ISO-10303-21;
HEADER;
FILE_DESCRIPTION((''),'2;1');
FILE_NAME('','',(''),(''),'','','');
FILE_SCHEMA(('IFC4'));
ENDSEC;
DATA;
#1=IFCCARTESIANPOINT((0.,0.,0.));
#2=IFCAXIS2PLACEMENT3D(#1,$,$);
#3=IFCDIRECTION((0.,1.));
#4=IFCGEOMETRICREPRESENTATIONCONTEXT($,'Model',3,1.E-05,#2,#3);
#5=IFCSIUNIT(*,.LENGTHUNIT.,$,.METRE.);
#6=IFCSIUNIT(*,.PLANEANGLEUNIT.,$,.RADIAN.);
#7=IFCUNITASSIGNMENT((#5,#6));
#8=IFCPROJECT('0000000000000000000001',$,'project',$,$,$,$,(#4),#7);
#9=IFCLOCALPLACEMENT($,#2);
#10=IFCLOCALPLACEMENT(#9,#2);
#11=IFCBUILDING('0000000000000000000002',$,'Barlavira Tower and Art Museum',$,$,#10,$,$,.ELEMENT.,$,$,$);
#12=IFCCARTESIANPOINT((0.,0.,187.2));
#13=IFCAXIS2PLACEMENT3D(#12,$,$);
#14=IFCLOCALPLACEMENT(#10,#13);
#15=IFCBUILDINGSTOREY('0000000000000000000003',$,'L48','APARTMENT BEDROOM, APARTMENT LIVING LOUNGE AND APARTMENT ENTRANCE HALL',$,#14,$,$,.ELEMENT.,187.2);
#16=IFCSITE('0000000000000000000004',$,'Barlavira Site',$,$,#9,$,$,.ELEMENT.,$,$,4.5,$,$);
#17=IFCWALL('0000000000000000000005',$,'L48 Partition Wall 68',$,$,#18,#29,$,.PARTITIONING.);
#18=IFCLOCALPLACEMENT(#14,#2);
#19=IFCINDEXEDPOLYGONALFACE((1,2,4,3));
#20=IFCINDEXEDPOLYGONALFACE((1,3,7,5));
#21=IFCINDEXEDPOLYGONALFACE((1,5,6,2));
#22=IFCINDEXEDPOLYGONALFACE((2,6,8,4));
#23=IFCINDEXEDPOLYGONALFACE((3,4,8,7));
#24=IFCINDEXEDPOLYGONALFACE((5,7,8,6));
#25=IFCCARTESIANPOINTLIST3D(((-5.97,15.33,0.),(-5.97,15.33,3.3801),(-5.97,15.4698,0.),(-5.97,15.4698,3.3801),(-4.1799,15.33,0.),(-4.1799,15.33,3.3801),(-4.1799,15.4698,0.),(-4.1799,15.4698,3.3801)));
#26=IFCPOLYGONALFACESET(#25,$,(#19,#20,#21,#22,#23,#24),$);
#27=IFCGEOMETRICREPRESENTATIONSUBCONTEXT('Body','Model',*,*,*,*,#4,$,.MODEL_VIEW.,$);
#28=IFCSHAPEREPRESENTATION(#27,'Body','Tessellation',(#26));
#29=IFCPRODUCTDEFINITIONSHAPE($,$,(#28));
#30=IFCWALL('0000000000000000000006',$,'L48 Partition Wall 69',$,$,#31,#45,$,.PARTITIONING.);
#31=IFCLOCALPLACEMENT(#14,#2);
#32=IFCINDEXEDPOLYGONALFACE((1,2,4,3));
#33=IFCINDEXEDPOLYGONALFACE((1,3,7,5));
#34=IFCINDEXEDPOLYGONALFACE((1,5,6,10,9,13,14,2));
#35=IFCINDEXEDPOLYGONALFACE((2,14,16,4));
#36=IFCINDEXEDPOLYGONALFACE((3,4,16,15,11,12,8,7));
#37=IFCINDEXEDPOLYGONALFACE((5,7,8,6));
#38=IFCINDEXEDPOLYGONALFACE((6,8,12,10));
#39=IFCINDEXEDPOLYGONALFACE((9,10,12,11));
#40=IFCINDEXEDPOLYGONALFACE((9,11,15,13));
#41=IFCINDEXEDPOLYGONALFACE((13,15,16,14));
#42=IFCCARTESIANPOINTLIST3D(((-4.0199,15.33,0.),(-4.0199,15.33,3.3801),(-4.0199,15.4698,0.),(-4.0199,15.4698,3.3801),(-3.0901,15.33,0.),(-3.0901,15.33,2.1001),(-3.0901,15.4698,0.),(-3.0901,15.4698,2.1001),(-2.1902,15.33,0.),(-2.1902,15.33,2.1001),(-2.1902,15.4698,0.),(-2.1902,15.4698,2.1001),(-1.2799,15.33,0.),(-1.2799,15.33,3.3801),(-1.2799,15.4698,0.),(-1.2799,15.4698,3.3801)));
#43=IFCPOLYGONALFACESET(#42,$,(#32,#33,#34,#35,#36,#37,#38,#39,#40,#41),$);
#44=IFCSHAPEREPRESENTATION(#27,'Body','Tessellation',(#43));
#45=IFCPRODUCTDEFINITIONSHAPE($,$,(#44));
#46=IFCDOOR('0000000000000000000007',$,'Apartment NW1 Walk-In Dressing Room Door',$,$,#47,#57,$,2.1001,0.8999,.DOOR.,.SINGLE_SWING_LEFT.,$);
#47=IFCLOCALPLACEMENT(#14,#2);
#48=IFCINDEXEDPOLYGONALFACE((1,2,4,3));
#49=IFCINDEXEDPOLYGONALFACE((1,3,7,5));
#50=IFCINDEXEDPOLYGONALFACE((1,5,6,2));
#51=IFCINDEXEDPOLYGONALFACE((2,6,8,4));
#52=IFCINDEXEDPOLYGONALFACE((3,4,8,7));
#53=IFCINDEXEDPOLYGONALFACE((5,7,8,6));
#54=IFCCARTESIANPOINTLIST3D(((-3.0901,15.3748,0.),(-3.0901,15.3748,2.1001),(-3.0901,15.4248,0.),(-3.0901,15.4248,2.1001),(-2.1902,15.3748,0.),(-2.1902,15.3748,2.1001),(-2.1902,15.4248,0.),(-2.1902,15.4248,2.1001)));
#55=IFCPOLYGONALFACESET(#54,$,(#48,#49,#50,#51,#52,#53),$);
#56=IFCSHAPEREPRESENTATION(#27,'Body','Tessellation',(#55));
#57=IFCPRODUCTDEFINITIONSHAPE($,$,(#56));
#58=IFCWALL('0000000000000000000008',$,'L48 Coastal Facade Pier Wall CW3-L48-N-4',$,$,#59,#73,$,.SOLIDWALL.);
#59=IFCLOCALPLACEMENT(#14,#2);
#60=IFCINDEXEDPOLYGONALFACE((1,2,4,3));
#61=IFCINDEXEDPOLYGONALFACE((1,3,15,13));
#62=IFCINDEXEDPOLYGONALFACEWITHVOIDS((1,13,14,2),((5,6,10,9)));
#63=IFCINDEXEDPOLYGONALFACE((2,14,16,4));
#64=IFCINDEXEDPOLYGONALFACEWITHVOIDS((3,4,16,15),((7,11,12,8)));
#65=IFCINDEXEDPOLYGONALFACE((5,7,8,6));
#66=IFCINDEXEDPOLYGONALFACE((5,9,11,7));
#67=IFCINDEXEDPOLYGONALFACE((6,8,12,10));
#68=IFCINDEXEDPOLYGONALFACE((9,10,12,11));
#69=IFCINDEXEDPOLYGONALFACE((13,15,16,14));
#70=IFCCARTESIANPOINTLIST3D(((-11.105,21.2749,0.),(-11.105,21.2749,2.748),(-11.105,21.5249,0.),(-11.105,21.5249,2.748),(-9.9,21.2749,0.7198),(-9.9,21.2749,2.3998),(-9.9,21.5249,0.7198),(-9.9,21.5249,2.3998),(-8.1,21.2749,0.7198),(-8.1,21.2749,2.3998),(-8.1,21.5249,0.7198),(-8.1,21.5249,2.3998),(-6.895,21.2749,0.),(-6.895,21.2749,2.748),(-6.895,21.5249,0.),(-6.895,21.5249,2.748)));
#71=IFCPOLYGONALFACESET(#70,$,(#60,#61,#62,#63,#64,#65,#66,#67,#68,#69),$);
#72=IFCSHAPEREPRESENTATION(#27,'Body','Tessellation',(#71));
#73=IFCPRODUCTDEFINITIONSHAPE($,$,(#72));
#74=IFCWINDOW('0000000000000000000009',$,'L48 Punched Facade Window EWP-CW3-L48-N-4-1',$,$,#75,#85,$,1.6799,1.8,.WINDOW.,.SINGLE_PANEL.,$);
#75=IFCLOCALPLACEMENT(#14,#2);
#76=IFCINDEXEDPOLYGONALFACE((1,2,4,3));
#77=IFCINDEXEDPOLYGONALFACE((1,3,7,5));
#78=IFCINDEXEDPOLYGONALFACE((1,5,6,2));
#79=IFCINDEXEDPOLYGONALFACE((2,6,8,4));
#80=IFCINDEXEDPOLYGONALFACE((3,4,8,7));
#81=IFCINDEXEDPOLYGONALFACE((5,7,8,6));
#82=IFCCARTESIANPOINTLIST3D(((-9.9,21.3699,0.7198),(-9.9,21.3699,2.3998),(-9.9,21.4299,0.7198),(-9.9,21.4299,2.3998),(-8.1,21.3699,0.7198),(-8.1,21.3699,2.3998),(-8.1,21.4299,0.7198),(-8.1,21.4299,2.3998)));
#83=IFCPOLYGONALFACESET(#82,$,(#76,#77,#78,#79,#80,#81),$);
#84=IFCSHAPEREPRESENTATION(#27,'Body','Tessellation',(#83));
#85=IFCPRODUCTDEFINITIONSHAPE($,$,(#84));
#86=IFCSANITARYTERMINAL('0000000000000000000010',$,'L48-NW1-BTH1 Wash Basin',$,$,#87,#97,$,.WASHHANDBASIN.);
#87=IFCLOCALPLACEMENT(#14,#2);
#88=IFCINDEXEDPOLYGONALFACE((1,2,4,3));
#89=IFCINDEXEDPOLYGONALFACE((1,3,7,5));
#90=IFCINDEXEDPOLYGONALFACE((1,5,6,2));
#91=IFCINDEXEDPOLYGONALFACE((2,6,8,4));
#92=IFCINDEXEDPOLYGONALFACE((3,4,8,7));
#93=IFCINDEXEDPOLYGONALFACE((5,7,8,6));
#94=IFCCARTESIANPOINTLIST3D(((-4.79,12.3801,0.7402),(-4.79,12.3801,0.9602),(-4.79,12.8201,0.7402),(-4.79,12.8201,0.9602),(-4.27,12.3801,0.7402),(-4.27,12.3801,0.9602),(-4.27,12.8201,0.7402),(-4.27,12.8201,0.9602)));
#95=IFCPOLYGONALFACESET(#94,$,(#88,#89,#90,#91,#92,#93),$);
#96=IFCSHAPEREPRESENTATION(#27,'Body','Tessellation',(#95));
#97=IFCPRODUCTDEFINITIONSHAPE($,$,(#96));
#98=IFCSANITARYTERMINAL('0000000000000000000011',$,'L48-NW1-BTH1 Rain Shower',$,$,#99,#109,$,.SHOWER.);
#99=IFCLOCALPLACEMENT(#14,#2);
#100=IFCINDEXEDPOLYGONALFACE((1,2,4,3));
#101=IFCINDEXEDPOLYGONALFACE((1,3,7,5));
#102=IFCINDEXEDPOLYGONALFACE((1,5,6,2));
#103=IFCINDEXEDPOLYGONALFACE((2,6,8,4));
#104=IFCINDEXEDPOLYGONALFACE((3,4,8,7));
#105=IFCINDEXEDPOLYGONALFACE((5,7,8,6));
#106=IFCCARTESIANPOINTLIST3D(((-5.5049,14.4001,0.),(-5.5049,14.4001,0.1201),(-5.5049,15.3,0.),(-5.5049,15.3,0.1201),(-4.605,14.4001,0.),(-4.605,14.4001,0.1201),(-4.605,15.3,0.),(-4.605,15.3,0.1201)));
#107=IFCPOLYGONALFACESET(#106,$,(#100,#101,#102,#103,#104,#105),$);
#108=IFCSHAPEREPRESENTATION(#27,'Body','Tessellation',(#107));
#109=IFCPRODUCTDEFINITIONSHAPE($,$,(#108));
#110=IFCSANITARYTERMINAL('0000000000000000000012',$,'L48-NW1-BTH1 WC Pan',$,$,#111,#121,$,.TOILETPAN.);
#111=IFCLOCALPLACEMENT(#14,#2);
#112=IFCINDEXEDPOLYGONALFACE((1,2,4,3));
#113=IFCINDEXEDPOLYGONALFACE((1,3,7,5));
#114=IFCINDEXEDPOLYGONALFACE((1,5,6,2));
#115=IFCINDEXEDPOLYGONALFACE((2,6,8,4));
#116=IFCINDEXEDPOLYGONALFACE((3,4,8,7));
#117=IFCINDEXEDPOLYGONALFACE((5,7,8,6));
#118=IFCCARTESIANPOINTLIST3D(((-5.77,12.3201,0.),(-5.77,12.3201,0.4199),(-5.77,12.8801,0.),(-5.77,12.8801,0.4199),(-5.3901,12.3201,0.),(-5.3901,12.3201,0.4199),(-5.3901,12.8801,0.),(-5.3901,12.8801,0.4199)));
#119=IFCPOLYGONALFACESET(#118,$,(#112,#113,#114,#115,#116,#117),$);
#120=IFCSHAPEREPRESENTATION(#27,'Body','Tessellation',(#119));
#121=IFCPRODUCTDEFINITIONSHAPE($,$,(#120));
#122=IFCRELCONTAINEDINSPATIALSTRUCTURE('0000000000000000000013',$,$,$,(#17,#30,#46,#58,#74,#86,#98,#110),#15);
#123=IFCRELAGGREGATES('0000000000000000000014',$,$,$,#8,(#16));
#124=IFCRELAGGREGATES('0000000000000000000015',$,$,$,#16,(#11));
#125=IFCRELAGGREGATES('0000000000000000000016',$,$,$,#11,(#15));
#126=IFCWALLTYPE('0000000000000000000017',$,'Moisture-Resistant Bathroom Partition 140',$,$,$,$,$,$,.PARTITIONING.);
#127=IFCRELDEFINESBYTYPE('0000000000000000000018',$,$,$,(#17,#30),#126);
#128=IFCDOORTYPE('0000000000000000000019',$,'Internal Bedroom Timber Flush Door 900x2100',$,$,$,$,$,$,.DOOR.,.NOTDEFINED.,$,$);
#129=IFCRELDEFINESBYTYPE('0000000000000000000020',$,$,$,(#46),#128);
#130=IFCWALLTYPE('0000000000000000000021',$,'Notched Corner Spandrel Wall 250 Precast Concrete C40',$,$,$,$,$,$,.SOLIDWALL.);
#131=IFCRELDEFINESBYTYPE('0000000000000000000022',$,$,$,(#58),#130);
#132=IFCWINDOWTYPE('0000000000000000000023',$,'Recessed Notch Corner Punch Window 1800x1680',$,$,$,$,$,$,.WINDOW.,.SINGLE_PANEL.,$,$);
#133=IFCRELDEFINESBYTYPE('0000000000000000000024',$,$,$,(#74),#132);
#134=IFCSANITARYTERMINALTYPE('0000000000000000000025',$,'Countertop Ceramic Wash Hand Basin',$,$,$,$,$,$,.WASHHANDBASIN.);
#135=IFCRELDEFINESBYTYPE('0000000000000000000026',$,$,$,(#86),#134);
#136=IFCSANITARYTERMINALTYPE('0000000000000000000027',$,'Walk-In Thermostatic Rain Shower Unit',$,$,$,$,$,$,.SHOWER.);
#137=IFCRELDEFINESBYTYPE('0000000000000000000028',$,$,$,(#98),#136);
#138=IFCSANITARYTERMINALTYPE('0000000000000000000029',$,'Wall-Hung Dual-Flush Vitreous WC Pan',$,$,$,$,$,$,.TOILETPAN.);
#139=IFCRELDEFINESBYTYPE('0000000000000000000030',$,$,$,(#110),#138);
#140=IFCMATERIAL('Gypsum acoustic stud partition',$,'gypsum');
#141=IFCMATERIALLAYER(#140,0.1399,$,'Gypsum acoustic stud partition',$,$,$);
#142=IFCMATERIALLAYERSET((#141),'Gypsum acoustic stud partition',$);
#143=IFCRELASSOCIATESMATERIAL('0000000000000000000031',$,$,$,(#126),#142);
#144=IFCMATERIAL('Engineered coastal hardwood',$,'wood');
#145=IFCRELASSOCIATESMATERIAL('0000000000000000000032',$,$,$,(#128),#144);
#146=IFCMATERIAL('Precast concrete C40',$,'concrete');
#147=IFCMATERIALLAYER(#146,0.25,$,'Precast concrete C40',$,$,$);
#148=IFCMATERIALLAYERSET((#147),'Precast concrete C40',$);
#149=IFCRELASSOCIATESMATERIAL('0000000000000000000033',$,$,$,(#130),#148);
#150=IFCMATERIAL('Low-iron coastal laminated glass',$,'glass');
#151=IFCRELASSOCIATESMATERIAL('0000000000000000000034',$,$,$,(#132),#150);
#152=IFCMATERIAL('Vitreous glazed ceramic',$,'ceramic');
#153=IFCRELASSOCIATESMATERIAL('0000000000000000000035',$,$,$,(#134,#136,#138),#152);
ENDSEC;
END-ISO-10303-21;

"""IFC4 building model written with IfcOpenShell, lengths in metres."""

from ifc_helpers import new_model, si_unit, direction, frame, frame_2d, origin, origin_2d, place, context, subcontext, project, spatial, rectangle, extrude, material, layer, layer_set, type_object, element, fill, save


model = new_model("IFC4")

# Units and contexts
model_context = context("Model", 3, precision=1e-05, world=origin(), true_north=direction((0.0, 1.0)))
body_context = subcontext(model_context, "Body", "Model", "MODEL_VIEW")
ifc_project = project(units=[si_unit("LENGTHUNIT", "METRE"), si_unit("PLANEANGLEUNIT", "RADIAN")], contexts=[model_context])

# Site, building, storey
site_placement = place(None, origin())
site = spatial("IfcSite", under=ifc_project, at=site_placement, Name="Barlavira Site", CompositionType="ELEMENT", RefElevation=4.5)
building_placement = place(site_placement, origin())
building = spatial("IfcBuilding", under=site, at=building_placement, Name="Barlavira Tower and Art Museum", CompositionType="ELEMENT")
storey_placement = place(building_placement, frame((0.0, 0.0, 187.2)))
storey = spatial("IfcBuildingStorey", under=building, at=storey_placement, Name="L48", Description="APARTMENT BEDROOM, APARTMENT LIVING LOUNGE AND APARTMENT ENTRANCE HALL", CompositionType="ELEMENT", Elevation=187.2)

# Shared definitions
ifc_material_1 = material(Name="Low-iron coastal laminated glass", Category="glass")

# Shared definitions
ifc_material_2 = material(Name="Gypsum acoustic stud partition", Category="gypsum")

# Shared definitions
ifc_layer_1 = layer(ifc_material_2, 0.1399, Name="Gypsum acoustic stud partition")
ifc_layer_set_1 = layer_set([ifc_layer_1], Name="Gypsum acoustic stud partition")
wall_type_1 = type_object("IfcWallType", Name="Moisture-Resistant Bathroom Partition 140", PredefinedType="PARTITIONING", material=ifc_layer_set_1)
ifc_material_3 = material(Name="Engineered coastal hardwood", Category="wood")
door_type_1 = type_object("IfcDoorType", Name="Internal Bedroom Timber Flush Door 900x2100", OperationType="NOTDEFINED", PredefinedType="DOOR", material=ifc_material_3)

# Wall
wall_1_placement = place(storey_placement, frame((-5.97, 15.3999, 0.0), z_axis=(0.0, 0.0, 1.0), x_axis=(1.0, 0.0, 0.0)))
element("IfcWall", 1, at=wall_1_placement, inside=storey, type_object=wall_type_1, Name="L48 Partition Wall 68", PredefinedType="PARTITIONING", context=body_context, shape_type="SweptSolid", body=[
    extrude(rectangle(XDim=1.79, YDim=0.1399, at=frame_2d((0.895, 0.0))), origin(), (0.0, 0.0, 1.0), 3.3801),
])

# Wall, opening, door
wall_2_placement = place(storey_placement, frame((-4.02, 15.3999, 0.0), z_axis=(0.0, 0.0, 1.0), x_axis=(1.0, 0.0, 0.0)))
wall_2 = element("IfcWall", 2, at=wall_2_placement, inside=storey, type_object=wall_type_1, Name="L48 Partition Wall 69", PredefinedType="PARTITIONING", context=body_context, shape_type="SweptSolid", body=[
    extrude(rectangle(XDim=2.74, YDim=0.1399, at=frame_2d((1.3701, 0.0))), origin(), (0.0, 0.0, 1.0), 3.3801),
])
opening_1_placement = place(wall_2_placement, frame((0.9299, 0.0, 0.0)))
opening_1 = element("IfcOpeningElement", 3, at=opening_1_placement, cuts=wall_2, PredefinedType="OPENING", context=body_context, shape_type="SweptSolid", body=[
    extrude(rectangle(XDim=0.8999, YDim=2.1001, at=frame_2d((0.45, 1.05))), frame((0.0, 0.0801, 0.0), z_axis=(0.0, -1.0, 0.0), x_axis=(1.0, 0.0, 0.0)), (0.0, 0.0, 1.0), 0.1599),
])
door_1_placement = place(opening_1_placement, origin())
door_1 = element("IfcDoor", 4, at=door_1_placement, inside=storey, type_object=door_type_1, Name="Apartment NW1 Walk-In Dressing Room Door", OperationType="SINGLE_SWING_LEFT", OverallHeight=2.1001, OverallWidth=0.8999, PredefinedType="DOOR", context=body_context, shape_type="SweptSolid", body=[
    extrude(rectangle(XDim=0.8999, YDim=2.1001, at=frame_2d((0.45, 1.05))), frame((0.0, 0.0249, 0.0), z_axis=(0.0, -1.0, 0.0), x_axis=(1.0, 0.0, 0.0)), (0.0, 0.0, 1.0), 0.05),
])
fill(opening_1, door_1)

# Wall, opening, window
ifc_material_4 = material(Name="Precast concrete C40", Category="concrete")
ifc_layer_2 = layer(ifc_material_4, 0.25, Name="Precast concrete C40")
ifc_layer_set_2 = layer_set([ifc_layer_2], Name="Precast concrete C40")
wall_type_2 = type_object("IfcWallType", Name="Notched Corner Spandrel Wall 250 Precast Concrete C40", PredefinedType="SOLIDWALL", material=ifc_layer_set_2)
wall_3_placement = place(storey_placement, frame((-6.895, 21.3999, 0.0), z_axis=(0.0, 0.0, 1.0), x_axis=(-1.0, 0.0, 0.0)))
wall_3 = element("IfcWall", 5, at=wall_3_placement, inside=storey, type_object=wall_type_2, Name="L48 Coastal Facade Pier Wall CW3-L48-N-4", PredefinedType="SOLIDWALL", context=body_context, shape_type="SweptSolid", body=[
    extrude(rectangle(XDim=4.21, YDim=0.25, at=frame_2d((2.105, 0.0))), origin(), (0.0, 0.0, 1.0), 2.748),
])
opening_2_placement = place(wall_3_placement, frame((1.2051, 0.0, 0.72)))
opening_2 = element("IfcOpeningElement", 6, at=opening_2_placement, cuts=wall_3, PredefinedType="OPENING", context=body_context, shape_type="SweptSolid", body=[
    extrude(rectangle(XDim=1.8, YDim=1.6799, at=frame_2d((0.8999, 0.8398))), frame((0.0, 0.135, 0.0), z_axis=(0.0, -1.0, 0.0), x_axis=(1.0, 0.0, 0.0)), (0.0, 0.0, 1.0), 0.27),
])
window_type = type_object("IfcWindowType", Name="Recessed Notch Corner Punch Window 1800x1680", PartitioningType="SINGLE_PANEL", PredefinedType="WINDOW", material=ifc_material_1)
window_placement = place(opening_2_placement, origin())
window = element("IfcWindow", 7, at=window_placement, inside=storey, type_object=window_type, Name="L48 Punched Facade Window EWP-CW3-L48-N-4-1", OverallHeight=1.6799, OverallWidth=1.8, PartitioningType="SINGLE_PANEL", PredefinedType="WINDOW", context=body_context, shape_type="SweptSolid", body=[
    extrude(rectangle(XDim=1.8, YDim=1.6799, at=frame_2d((0.8999, 0.8398))), frame((0.0, 0.03, 0.0), z_axis=(0.0, -1.0, 0.0), x_axis=(1.0, 0.0, 0.0)), (0.0, 0.0, 1.0), 0.0601),
])
fill(opening_2, window)

# Sanitary terminals
ifc_material_5 = material(Name="Vitreous glazed ceramic", Category="ceramic")
sanitary_terminal_type_1 = type_object("IfcSanitaryTerminalType", Name="Countertop Ceramic Wash Hand Basin", PredefinedType="WASHHANDBASIN", material=ifc_material_5)
sanitary_terminal_1_placement = place(storey_placement, frame((-4.53, 12.6001, 0.7402), z_axis=(0.0, 0.0, 1.0), x_axis=(1.0, 0.0, 0.0)))
element("IfcSanitaryTerminal", 8, at=sanitary_terminal_1_placement, inside=storey, type_object=sanitary_terminal_type_1, Name="L48-NW1-BTH1 Wash Basin", PredefinedType="WASHHANDBASIN", context=body_context, shape_type="SweptSolid", body=[
    extrude(rectangle(XDim=0.52, YDim=0.4399, at=origin_2d()), origin(), (0.0, 0.0, 1.0), 0.22),
])
sanitary_terminal_type_2 = type_object("IfcSanitaryTerminalType", Name="Walk-In Thermostatic Rain Shower Unit", PredefinedType="SHOWER", material=ifc_material_5)
sanitary_terminal_2_placement = place(storey_placement, frame((-5.0549, 14.8501, 0.0), z_axis=(0.0, 0.0, 1.0), x_axis=(1.0, 0.0, 0.0)))
element("IfcSanitaryTerminal", 9, at=sanitary_terminal_2_placement, inside=storey, type_object=sanitary_terminal_type_2, Name="L48-NW1-BTH1 Rain Shower", PredefinedType="SHOWER", context=body_context, shape_type="SweptSolid", body=[
    extrude(rectangle(XDim=0.8999, YDim=0.8999, at=origin_2d()), origin(), (0.0, 0.0, 1.0), 0.1201),
])
sanitary_terminal_type_3 = type_object("IfcSanitaryTerminalType", Name="Wall-Hung Dual-Flush Vitreous WC Pan", PredefinedType="TOILETPAN", material=ifc_material_5)
sanitary_terminal_3_placement = place(storey_placement, frame((-5.5801, 12.6001, 0.0), z_axis=(0.0, 0.0, 1.0), x_axis=(1.0, 0.0, 0.0)))
element("IfcSanitaryTerminal", 10, at=sanitary_terminal_3_placement, inside=storey, type_object=sanitary_terminal_type_3, Name="L48-NW1-BTH1 WC Pan", PredefinedType="TOILETPAN", context=body_context, shape_type="SweptSolid", body=[
    extrude(rectangle(XDim=0.3799, YDim=0.5601, at=origin_2d()), origin(), (0.0, 0.0, 1.0), 0.4199),
])

save(model, "model.ifc")
